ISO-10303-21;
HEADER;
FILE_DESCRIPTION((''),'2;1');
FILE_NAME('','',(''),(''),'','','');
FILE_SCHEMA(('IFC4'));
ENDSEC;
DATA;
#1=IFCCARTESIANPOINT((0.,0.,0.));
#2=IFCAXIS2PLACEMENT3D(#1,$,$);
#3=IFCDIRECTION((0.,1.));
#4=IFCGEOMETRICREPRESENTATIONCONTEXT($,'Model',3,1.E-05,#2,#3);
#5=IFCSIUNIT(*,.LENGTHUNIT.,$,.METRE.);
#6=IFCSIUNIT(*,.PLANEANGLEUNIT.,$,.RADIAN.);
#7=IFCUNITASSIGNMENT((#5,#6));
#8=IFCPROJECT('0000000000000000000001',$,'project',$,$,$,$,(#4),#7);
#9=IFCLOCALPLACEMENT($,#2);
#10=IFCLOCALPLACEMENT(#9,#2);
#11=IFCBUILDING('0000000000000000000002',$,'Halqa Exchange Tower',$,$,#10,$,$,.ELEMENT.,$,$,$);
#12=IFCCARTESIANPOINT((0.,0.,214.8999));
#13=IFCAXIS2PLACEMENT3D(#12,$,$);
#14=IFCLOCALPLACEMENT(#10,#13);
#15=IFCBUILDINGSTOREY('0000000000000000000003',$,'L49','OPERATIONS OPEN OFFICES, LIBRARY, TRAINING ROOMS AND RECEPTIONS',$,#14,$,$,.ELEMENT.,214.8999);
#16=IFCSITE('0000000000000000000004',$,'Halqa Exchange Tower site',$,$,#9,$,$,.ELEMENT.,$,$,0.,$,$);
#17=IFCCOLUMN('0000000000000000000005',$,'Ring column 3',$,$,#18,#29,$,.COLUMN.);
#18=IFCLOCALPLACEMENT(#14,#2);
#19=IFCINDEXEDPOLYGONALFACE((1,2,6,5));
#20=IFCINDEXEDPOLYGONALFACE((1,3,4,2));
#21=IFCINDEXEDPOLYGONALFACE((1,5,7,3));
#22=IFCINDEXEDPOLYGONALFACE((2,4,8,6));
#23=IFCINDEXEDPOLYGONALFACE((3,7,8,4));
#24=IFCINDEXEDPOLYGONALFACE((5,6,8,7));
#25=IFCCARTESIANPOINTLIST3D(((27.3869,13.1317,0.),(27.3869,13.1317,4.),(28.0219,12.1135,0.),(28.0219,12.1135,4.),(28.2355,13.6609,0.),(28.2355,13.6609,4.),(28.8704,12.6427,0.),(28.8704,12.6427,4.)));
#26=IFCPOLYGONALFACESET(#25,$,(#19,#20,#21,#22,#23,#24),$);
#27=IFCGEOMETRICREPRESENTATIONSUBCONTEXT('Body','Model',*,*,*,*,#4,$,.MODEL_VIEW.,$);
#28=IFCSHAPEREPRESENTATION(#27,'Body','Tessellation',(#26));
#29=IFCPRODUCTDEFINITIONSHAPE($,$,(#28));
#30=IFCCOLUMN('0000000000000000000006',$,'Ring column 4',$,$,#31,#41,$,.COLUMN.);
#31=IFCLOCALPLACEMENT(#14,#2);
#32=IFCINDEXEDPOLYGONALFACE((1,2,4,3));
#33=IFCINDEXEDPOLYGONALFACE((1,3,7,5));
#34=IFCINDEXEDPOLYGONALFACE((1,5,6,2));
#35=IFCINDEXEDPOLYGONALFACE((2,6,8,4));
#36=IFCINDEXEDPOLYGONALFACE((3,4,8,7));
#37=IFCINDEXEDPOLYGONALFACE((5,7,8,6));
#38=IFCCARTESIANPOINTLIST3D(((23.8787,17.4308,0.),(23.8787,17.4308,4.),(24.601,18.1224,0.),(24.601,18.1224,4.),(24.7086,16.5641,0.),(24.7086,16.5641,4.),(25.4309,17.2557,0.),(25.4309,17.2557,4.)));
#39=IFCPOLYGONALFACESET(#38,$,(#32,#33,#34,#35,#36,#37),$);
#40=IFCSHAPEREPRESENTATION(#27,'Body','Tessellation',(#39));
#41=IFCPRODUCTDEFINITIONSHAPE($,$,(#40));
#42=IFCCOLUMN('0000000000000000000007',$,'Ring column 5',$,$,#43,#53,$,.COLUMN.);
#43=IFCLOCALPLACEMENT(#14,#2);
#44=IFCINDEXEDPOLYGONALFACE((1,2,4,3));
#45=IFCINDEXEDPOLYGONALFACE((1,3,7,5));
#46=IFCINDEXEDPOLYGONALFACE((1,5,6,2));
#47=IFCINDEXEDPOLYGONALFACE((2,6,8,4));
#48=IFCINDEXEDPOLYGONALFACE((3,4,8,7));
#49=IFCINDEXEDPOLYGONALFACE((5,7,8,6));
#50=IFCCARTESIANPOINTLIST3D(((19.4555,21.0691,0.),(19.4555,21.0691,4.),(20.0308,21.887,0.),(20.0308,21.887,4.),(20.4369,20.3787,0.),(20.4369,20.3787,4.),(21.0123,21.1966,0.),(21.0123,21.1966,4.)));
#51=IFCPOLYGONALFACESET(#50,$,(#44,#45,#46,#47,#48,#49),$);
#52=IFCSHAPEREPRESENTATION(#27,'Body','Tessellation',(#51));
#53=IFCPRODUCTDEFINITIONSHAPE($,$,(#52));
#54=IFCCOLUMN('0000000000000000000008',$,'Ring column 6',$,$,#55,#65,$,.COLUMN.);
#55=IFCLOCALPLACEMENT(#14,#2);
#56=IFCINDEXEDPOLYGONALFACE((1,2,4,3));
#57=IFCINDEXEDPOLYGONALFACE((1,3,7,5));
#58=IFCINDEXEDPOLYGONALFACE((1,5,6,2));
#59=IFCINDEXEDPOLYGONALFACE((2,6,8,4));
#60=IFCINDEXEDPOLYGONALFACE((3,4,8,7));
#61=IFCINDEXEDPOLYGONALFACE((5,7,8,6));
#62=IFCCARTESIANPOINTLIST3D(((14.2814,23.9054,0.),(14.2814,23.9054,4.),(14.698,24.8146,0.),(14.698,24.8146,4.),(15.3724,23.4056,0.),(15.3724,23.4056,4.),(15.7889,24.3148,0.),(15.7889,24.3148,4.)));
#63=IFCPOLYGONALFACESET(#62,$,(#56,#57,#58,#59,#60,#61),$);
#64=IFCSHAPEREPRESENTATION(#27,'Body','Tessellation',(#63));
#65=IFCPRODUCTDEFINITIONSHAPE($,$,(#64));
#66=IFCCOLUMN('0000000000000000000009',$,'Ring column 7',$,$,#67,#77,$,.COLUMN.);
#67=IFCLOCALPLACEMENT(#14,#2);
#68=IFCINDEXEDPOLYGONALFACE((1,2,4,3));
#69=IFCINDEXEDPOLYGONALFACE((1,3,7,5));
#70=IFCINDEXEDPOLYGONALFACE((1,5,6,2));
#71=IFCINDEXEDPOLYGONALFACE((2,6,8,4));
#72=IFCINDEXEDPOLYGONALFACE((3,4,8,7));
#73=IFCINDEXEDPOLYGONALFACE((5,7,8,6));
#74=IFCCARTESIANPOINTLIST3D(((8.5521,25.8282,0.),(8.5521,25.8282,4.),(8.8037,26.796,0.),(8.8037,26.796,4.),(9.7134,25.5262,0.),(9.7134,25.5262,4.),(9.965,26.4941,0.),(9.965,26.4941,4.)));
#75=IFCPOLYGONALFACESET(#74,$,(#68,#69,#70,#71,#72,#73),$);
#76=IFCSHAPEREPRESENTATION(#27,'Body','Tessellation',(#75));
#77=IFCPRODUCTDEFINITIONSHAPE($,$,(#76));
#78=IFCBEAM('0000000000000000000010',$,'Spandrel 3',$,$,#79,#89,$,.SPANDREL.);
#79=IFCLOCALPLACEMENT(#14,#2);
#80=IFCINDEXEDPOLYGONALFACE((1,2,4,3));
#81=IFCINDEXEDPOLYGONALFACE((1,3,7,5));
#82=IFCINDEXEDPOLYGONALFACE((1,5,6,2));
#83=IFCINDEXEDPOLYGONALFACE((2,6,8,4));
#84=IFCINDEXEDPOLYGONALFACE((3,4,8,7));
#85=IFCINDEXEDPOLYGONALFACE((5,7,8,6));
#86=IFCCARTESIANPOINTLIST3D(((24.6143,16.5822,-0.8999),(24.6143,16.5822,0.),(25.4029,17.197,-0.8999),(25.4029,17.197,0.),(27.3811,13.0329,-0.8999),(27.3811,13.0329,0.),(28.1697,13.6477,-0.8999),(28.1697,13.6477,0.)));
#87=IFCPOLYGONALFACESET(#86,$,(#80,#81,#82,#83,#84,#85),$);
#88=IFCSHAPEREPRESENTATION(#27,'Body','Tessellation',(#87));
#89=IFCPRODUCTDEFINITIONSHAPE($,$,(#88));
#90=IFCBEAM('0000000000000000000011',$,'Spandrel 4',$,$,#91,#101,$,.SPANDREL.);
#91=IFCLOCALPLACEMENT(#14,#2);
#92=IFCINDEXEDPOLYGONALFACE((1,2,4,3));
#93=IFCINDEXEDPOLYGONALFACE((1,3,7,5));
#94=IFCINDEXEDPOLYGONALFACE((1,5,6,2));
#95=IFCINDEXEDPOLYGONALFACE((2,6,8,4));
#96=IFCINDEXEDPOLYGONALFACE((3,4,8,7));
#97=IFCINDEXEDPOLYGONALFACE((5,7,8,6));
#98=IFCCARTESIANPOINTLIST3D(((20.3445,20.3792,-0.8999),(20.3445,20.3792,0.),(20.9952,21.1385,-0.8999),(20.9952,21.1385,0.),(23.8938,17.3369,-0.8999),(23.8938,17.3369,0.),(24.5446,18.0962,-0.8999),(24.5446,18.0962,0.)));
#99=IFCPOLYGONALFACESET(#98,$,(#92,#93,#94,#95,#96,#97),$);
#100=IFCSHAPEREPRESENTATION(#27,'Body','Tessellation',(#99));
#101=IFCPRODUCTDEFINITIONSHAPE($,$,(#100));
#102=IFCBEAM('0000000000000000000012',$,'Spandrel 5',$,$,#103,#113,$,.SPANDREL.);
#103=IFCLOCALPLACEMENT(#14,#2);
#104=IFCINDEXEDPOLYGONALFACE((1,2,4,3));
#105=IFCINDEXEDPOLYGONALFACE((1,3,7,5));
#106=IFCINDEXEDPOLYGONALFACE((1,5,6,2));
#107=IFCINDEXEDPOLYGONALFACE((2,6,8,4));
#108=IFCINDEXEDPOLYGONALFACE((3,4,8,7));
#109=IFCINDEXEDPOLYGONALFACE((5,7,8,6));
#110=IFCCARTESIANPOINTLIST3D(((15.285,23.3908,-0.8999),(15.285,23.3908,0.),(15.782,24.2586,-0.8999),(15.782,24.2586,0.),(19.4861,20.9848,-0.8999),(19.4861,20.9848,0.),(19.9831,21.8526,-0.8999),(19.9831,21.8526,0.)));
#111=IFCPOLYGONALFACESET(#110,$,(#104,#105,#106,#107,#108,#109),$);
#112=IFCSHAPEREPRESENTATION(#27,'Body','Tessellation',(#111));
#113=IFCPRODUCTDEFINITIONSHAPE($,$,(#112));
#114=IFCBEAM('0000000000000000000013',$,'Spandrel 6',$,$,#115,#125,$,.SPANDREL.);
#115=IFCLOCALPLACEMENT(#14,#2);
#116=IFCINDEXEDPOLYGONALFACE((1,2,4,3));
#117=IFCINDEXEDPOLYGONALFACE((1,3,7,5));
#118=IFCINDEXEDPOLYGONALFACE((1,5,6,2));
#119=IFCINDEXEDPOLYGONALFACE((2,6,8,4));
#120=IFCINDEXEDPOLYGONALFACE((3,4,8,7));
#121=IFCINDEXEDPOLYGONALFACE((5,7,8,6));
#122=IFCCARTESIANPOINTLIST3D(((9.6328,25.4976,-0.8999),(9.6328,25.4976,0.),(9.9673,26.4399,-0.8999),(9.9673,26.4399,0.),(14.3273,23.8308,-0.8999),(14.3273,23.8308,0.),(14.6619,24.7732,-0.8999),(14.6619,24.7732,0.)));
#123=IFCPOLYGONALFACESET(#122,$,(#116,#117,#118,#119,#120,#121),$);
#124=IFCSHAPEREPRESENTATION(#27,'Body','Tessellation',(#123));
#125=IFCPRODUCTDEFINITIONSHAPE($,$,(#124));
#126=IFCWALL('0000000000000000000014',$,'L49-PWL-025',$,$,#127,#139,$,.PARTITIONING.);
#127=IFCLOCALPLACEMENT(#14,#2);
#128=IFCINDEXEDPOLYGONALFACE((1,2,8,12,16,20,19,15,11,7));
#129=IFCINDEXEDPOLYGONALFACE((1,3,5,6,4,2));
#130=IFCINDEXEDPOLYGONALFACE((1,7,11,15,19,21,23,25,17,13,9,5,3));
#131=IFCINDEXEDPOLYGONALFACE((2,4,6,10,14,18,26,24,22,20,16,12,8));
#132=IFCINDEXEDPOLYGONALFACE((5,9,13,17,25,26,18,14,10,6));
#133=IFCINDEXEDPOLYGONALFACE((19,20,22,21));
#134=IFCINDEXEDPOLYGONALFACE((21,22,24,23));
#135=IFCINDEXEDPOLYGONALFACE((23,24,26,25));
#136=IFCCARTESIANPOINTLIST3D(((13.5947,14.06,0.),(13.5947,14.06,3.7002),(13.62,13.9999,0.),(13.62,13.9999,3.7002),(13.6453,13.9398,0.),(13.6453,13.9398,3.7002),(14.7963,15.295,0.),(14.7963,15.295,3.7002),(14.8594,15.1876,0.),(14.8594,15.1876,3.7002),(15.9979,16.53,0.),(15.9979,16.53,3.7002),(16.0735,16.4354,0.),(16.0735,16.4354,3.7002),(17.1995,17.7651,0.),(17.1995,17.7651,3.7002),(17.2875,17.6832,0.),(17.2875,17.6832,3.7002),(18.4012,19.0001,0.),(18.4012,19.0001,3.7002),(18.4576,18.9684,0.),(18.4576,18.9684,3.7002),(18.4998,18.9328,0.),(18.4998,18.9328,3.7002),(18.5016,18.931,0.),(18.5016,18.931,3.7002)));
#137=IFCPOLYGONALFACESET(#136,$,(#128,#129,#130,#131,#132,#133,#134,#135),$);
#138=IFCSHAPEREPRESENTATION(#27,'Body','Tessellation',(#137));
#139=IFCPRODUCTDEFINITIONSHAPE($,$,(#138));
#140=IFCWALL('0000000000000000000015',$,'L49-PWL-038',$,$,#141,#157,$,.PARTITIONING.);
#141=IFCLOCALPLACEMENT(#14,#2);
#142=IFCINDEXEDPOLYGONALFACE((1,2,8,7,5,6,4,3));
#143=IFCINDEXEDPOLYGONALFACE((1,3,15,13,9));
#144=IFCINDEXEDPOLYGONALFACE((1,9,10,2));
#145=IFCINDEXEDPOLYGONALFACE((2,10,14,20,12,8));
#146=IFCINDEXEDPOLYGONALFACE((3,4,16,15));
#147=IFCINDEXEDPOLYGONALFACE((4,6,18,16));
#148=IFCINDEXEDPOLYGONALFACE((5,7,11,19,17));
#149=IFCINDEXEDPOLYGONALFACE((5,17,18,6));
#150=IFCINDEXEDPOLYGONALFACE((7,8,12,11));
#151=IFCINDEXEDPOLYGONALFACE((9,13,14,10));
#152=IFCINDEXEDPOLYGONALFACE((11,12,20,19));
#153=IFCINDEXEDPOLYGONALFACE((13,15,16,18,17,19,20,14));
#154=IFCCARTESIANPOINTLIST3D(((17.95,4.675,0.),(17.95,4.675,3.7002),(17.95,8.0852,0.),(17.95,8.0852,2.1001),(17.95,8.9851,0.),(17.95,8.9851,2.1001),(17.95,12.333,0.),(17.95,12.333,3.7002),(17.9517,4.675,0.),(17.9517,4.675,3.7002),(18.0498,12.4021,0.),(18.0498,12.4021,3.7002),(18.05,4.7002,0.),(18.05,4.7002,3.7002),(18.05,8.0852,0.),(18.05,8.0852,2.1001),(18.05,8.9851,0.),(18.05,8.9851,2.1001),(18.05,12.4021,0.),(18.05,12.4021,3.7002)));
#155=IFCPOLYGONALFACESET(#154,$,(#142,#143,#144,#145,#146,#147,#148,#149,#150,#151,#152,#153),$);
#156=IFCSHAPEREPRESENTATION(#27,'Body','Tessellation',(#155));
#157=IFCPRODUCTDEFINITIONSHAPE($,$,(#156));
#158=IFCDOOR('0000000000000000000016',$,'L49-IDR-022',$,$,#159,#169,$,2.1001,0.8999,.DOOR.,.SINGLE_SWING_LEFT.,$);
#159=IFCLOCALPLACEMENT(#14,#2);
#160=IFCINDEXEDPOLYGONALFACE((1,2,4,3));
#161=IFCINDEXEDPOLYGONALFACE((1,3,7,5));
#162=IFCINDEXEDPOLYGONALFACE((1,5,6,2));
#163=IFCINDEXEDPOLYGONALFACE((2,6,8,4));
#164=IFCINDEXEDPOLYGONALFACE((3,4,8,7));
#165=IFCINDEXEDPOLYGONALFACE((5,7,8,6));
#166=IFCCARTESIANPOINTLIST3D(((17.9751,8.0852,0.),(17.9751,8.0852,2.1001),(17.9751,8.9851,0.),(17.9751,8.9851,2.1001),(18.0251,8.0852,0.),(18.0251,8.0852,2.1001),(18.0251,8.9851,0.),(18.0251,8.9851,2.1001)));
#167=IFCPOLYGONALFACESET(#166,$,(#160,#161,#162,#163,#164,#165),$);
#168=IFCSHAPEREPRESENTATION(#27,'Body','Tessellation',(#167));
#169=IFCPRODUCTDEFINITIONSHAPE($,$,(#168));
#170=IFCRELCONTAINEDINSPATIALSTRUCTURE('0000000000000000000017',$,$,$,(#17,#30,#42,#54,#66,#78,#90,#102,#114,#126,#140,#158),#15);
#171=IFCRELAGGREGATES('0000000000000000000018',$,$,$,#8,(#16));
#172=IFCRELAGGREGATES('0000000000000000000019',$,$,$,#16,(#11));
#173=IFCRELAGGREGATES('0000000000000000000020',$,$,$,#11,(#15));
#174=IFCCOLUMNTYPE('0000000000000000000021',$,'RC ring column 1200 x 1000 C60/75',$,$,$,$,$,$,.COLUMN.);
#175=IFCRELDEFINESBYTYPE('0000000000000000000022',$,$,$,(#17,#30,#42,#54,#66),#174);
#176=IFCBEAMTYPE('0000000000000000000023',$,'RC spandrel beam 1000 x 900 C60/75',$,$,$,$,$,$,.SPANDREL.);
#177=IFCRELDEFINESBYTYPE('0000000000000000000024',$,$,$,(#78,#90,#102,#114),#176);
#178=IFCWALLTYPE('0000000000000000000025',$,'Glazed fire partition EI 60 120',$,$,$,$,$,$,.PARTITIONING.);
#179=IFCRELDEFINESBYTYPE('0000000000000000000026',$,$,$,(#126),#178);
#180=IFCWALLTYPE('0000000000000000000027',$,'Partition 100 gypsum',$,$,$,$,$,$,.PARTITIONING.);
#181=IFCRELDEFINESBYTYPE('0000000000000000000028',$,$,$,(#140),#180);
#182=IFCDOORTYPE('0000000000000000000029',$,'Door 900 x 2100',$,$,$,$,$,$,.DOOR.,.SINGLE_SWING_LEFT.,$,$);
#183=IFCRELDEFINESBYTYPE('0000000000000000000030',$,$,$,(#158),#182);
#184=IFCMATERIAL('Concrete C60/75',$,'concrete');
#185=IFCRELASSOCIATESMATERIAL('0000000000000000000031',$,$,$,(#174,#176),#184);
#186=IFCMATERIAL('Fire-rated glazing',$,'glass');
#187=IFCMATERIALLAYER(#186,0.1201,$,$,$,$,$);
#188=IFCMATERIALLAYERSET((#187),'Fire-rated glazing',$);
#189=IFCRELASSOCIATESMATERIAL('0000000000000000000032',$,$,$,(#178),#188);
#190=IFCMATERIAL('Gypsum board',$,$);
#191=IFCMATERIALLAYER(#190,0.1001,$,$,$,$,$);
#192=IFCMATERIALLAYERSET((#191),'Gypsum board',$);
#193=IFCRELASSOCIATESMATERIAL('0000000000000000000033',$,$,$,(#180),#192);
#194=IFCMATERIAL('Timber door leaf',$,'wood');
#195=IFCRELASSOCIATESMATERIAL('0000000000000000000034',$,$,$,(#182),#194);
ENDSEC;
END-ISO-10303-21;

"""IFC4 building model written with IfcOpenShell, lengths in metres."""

from ifc_helpers import new_model, si_unit, direction, frame, frame_2d, origin, origin_2d, place, context, subcontext, project, spatial, polyline, rectangle, outline, extrude, material, layer, layer_set, material_profile, profile_set, type_object, element, fill, save


model = new_model("IFC4")

# Units and contexts
model_context = context("Model", 3, precision=1e-05, world=origin(), true_north=direction((0.0, 1.0)))
body_context = subcontext(model_context, "Body", "Model", "MODEL_VIEW")
ifc_project = project(units=[si_unit("LENGTHUNIT", "METRE"), si_unit("PLANEANGLEUNIT", "RADIAN")], contexts=[model_context])

# Site, building, storey
site_placement = place(None, origin())
site = spatial("IfcSite", under=ifc_project, at=site_placement, Name="Halqa Exchange Tower site", CompositionType="ELEMENT", RefElevation=0.0)
building_placement = place(site_placement, origin())
building = spatial("IfcBuilding", under=site, at=building_placement, Name="Halqa Exchange Tower", CompositionType="ELEMENT")
storey_placement = place(building_placement, frame((0.0, 0.0, 214.8999)))
storey = spatial("IfcBuildingStorey", under=building, at=storey_placement, Name="L49", Description="OPERATIONS OPEN OFFICES, LIBRARY, TRAINING ROOMS AND RECEPTIONS", CompositionType="ELEMENT", Elevation=214.8999)

# Columns
ifc_material_1 = material(Name="Concrete C60/75", Category="concrete")
ifc_material_profile_1 = material_profile(ifc_material_1, rectangle(XDim=1.2, YDim=1.0, at=origin_2d()), Name="1200 x 1000")
ifc_profile_set_1 = profile_set([ifc_material_profile_1], Name="Concrete C60/75")
column_type = type_object("IfcColumnType", Name="RC ring column 1200 x 1000 C60/75", PredefinedType="COLUMN", material=ifc_profile_set_1)
for number, where, z_axis, x_axis, name in (
    (1, (28.1287, 12.8872, 0.0), (0.0, 0.0, 1.0), (-0.529145, 0.848531, 0.0), "Ring column 3"),
    (2, (24.6548, 17.3433, 0.0), (0.0, 0.0, 1.0), (-0.691575, 0.722305, 0.0), "Ring column 4"),
    (3, (20.2339, 21.1328, 0.0), (0.0, 0.0, 1.0), (-0.817906, 0.575352, 0.0), "Ring column 5"),
    (4, (15.0352, 24.1101, 0.0), (0.0, 0.0, 1.0), (-0.909129, 0.416514, 0.0), "Ring column 6"),
    (5, (9.2585, 26.1611, 0.0), (0.0, 0.0, 1.0), (-0.967819, 0.251649, 0.0), "Ring column 7"),
):
    element("IfcColumn", number, at=place(storey_placement, frame(where, z_axis=z_axis, x_axis=x_axis)), inside=storey, type_object=column_type, Name=name, PredefinedType="COLUMN", context=body_context, shape_type="SweptSolid", body=[
        extrude(rectangle(XDim=1.2, YDim=1.0, at=origin_2d()), origin(), (0.0, 0.0, 1.0), 4.0),
    ])

# Beams
ifc_material_profile_2 = material_profile(ifc_material_1, rectangle(XDim=1.0, YDim=0.8999, at=origin_2d()), Name="1000 x 900")
ifc_profile_set_2 = profile_set([ifc_material_profile_2], Name="Concrete C60/75")
beam_type = type_object("IfcBeamType", Name="RC spandrel beam 1000 x 900 C60/75", PredefinedType="SPANDREL", material=ifc_profile_set_2)
beam_1_placement = place(storey_placement, frame((27.7754, 13.3403, -0.45), z_axis=(-0.614808, 0.788677, 0.0), x_axis=(-0.788677, -0.614808, 0.0)))
element("IfcBeam", 6, at=beam_1_placement, inside=storey, type_object=beam_type, Name="Spandrel 3", PredefinedType="SPANDREL", context=body_context, shape_type="SweptSolid", body=[
    extrude(rectangle(XDim=1.0, YDim=0.8999, at=origin_2d()), origin(), (0.0, 0.0, 1.0), 4.5002),
])
beam_2_placement = place(storey_placement, frame((24.2192, 17.7166, -0.45), z_axis=(-0.75926, 0.650787, 0.0), x_axis=(-0.650787, -0.75926, 0.0)))
element("IfcBeam", 7, at=beam_2_placement, inside=storey, type_object=beam_type, Name="Spandrel 4", PredefinedType="SPANDREL", context=body_context, shape_type="SweptSolid", body=[
    extrude(rectangle(XDim=1.0, YDim=0.8999, at=origin_2d()), origin(), (0.0, 0.0, 1.0), 4.6748),
])
beam_3_placement = place(storey_placement, frame((19.7346, 21.4187, -0.45), z_axis=(-0.867768, 0.49697, 0.0), x_axis=(-0.49697, -0.867768, 0.0)))
element("IfcBeam", 8, at=beam_3_placement, inside=storey, type_object=beam_type, Name="Spandrel 5", PredefinedType="SPANDREL", context=body_context, shape_type="SweptSolid", body=[
    extrude(rectangle(XDim=1.0, YDim=0.8999, at=origin_2d()), origin(), (0.0, 0.0, 1.0), 4.8413),
])
beam_4_placement = place(storey_placement, frame((14.4946, 24.302, -0.45), z_axis=(-0.942369, 0.334576, 0.0), x_axis=(-0.334576, -0.942369, 0.0)))
element("IfcBeam", 9, at=beam_4_placement, inside=storey, type_object=beam_type, Name="Spandrel 6", PredefinedType="SPANDREL", context=body_context, shape_type="SweptSolid", body=[
    extrude(rectangle(XDim=1.0, YDim=0.8999, at=origin_2d()), origin(), (0.0, 0.0, 1.0), 4.9817),
])

# Wall
ifc_material_2 = material(Name="Fire-rated glazing", Category="glass")
ifc_layer_1 = layer(ifc_material_2, 0.1201)
ifc_layer_set_1 = layer_set([ifc_layer_1], Name="Fire-rated glazing")
wall_type_1 = type_object("IfcWallType", Name="Glazed fire partition EI 60 120", PredefinedType="PARTITIONING", material=ifc_layer_set_1)
wall_1_placement = place(storey_placement, frame((13.6023, 13.9817, 0.0), z_axis=(0.0, 0.0, 1.0), x_axis=(0.697347, 0.716734, 0.0)))
element("IfcWall", 10, at=wall_1_placement, inside=storey, type_object=wall_type_1, Name="L49-PWL-025", PredefinedType="PARTITIONING", context=body_context, shape_type="SweptSolid", body=[
    extrude(outline(polyline([(6.9639, -0.0601), (6.9639, -0.0576), (6.96, -0.0024), (6.9434, 0.0601), (5.2202, 0.0601), (3.4971, 0.0601), (1.7739, 0.0601), (0.0508, 0.0601), (0.0508, 0.0601), (0.0254, 0.0), (0.0, -0.0601), (1.741, -0.0601), (3.4819, -0.0601), (5.2229, -0.0601), (6.9639, -0.0601)])), origin(), (0.0, 0.0, 1.0), 3.7002),
])

# Wall, opening, door
ifc_material_3 = material(Name="Gypsum board")
ifc_layer_2 = layer(ifc_material_3, 0.1001)
ifc_layer_set_2 = layer_set([ifc_layer_2], Name="Gypsum board")
wall_type_2 = type_object("IfcWallType", Name="Partition 100 gypsum", PredefinedType="PARTITIONING", material=ifc_layer_set_2)
wall_2_placement = place(storey_placement, frame((18.0, 12.4021, 0.0), z_axis=(0.0, 0.0, 1.0), x_axis=(0.0, -1.0, 0.0)))
wall_2 = element("IfcWall", 11, at=wall_2_placement, inside=storey, type_object=wall_type_2, Name="L49-PWL-038", PredefinedType="PARTITIONING", context=body_context, shape_type="SweptSolid", body=[
    extrude(outline(polyline([(7.7271, -0.05), (7.7271, -0.0483), (7.7019, 0.05), (5.7764, 0.05), (3.8508, 0.05), (1.9255, 0.05), (0.0, 0.05), (0.0, 0.0498), (0.0691, -0.05), (1.9836, -0.05), (3.8979, -0.05), (5.8125, -0.05), (7.7271, -0.05)])), origin(), (0.0, 0.0, 1.0), 3.7002),
])
opening_1_placement = place(wall_2_placement, frame((3.417, 0.0, 0.0)))
opening_1 = element("IfcOpeningElement", 12, at=opening_1_placement, cuts=wall_2, PredefinedType="OPENING", context=body_context, shape_type="SweptSolid", body=[
    extrude(rectangle(XDim=0.8999, YDim=2.1001, at=frame_2d((0.45, 1.05))), frame((0.0, 0.062, 0.0), z_axis=(0.0, -1.0, 0.0), x_axis=(1.0, 0.0, 0.0)), (0.0, 0.0, 1.0), 0.124),
])
ifc_material_4 = material(Name="Timber door leaf", Category="wood")
door_type_1 = type_object("IfcDoorType", Name="Door 900 x 2100", OperationType="SINGLE_SWING_LEFT", PredefinedType="DOOR", material=ifc_material_4)
door_1_placement = place(opening_1_placement, frame((0.8999, 0.0, 0.0), z_axis=(0.0, 0.0, 1.0), x_axis=(-1.0, 0.0, 0.0)))
door_1 = element("IfcDoor", 13, at=door_1_placement, inside=storey, type_object=door_type_1, Name="L49-IDR-022", OperationType="SINGLE_SWING_LEFT", OverallHeight=2.1001, OverallWidth=0.8999, PredefinedType="DOOR", context=body_context, shape_type="SweptSolid", body=[
    extrude(rectangle(XDim=0.8999, YDim=2.1001, at=frame_2d((0.45, 1.05))), frame((0.0, 0.0249, 0.0), z_axis=(0.0, -1.0, 0.0), x_axis=(1.0, 0.0, 0.0)), (0.0, 0.0, 1.0), 0.05),
])
fill(opening_1, door_1)

save(model, "model.ifc")
